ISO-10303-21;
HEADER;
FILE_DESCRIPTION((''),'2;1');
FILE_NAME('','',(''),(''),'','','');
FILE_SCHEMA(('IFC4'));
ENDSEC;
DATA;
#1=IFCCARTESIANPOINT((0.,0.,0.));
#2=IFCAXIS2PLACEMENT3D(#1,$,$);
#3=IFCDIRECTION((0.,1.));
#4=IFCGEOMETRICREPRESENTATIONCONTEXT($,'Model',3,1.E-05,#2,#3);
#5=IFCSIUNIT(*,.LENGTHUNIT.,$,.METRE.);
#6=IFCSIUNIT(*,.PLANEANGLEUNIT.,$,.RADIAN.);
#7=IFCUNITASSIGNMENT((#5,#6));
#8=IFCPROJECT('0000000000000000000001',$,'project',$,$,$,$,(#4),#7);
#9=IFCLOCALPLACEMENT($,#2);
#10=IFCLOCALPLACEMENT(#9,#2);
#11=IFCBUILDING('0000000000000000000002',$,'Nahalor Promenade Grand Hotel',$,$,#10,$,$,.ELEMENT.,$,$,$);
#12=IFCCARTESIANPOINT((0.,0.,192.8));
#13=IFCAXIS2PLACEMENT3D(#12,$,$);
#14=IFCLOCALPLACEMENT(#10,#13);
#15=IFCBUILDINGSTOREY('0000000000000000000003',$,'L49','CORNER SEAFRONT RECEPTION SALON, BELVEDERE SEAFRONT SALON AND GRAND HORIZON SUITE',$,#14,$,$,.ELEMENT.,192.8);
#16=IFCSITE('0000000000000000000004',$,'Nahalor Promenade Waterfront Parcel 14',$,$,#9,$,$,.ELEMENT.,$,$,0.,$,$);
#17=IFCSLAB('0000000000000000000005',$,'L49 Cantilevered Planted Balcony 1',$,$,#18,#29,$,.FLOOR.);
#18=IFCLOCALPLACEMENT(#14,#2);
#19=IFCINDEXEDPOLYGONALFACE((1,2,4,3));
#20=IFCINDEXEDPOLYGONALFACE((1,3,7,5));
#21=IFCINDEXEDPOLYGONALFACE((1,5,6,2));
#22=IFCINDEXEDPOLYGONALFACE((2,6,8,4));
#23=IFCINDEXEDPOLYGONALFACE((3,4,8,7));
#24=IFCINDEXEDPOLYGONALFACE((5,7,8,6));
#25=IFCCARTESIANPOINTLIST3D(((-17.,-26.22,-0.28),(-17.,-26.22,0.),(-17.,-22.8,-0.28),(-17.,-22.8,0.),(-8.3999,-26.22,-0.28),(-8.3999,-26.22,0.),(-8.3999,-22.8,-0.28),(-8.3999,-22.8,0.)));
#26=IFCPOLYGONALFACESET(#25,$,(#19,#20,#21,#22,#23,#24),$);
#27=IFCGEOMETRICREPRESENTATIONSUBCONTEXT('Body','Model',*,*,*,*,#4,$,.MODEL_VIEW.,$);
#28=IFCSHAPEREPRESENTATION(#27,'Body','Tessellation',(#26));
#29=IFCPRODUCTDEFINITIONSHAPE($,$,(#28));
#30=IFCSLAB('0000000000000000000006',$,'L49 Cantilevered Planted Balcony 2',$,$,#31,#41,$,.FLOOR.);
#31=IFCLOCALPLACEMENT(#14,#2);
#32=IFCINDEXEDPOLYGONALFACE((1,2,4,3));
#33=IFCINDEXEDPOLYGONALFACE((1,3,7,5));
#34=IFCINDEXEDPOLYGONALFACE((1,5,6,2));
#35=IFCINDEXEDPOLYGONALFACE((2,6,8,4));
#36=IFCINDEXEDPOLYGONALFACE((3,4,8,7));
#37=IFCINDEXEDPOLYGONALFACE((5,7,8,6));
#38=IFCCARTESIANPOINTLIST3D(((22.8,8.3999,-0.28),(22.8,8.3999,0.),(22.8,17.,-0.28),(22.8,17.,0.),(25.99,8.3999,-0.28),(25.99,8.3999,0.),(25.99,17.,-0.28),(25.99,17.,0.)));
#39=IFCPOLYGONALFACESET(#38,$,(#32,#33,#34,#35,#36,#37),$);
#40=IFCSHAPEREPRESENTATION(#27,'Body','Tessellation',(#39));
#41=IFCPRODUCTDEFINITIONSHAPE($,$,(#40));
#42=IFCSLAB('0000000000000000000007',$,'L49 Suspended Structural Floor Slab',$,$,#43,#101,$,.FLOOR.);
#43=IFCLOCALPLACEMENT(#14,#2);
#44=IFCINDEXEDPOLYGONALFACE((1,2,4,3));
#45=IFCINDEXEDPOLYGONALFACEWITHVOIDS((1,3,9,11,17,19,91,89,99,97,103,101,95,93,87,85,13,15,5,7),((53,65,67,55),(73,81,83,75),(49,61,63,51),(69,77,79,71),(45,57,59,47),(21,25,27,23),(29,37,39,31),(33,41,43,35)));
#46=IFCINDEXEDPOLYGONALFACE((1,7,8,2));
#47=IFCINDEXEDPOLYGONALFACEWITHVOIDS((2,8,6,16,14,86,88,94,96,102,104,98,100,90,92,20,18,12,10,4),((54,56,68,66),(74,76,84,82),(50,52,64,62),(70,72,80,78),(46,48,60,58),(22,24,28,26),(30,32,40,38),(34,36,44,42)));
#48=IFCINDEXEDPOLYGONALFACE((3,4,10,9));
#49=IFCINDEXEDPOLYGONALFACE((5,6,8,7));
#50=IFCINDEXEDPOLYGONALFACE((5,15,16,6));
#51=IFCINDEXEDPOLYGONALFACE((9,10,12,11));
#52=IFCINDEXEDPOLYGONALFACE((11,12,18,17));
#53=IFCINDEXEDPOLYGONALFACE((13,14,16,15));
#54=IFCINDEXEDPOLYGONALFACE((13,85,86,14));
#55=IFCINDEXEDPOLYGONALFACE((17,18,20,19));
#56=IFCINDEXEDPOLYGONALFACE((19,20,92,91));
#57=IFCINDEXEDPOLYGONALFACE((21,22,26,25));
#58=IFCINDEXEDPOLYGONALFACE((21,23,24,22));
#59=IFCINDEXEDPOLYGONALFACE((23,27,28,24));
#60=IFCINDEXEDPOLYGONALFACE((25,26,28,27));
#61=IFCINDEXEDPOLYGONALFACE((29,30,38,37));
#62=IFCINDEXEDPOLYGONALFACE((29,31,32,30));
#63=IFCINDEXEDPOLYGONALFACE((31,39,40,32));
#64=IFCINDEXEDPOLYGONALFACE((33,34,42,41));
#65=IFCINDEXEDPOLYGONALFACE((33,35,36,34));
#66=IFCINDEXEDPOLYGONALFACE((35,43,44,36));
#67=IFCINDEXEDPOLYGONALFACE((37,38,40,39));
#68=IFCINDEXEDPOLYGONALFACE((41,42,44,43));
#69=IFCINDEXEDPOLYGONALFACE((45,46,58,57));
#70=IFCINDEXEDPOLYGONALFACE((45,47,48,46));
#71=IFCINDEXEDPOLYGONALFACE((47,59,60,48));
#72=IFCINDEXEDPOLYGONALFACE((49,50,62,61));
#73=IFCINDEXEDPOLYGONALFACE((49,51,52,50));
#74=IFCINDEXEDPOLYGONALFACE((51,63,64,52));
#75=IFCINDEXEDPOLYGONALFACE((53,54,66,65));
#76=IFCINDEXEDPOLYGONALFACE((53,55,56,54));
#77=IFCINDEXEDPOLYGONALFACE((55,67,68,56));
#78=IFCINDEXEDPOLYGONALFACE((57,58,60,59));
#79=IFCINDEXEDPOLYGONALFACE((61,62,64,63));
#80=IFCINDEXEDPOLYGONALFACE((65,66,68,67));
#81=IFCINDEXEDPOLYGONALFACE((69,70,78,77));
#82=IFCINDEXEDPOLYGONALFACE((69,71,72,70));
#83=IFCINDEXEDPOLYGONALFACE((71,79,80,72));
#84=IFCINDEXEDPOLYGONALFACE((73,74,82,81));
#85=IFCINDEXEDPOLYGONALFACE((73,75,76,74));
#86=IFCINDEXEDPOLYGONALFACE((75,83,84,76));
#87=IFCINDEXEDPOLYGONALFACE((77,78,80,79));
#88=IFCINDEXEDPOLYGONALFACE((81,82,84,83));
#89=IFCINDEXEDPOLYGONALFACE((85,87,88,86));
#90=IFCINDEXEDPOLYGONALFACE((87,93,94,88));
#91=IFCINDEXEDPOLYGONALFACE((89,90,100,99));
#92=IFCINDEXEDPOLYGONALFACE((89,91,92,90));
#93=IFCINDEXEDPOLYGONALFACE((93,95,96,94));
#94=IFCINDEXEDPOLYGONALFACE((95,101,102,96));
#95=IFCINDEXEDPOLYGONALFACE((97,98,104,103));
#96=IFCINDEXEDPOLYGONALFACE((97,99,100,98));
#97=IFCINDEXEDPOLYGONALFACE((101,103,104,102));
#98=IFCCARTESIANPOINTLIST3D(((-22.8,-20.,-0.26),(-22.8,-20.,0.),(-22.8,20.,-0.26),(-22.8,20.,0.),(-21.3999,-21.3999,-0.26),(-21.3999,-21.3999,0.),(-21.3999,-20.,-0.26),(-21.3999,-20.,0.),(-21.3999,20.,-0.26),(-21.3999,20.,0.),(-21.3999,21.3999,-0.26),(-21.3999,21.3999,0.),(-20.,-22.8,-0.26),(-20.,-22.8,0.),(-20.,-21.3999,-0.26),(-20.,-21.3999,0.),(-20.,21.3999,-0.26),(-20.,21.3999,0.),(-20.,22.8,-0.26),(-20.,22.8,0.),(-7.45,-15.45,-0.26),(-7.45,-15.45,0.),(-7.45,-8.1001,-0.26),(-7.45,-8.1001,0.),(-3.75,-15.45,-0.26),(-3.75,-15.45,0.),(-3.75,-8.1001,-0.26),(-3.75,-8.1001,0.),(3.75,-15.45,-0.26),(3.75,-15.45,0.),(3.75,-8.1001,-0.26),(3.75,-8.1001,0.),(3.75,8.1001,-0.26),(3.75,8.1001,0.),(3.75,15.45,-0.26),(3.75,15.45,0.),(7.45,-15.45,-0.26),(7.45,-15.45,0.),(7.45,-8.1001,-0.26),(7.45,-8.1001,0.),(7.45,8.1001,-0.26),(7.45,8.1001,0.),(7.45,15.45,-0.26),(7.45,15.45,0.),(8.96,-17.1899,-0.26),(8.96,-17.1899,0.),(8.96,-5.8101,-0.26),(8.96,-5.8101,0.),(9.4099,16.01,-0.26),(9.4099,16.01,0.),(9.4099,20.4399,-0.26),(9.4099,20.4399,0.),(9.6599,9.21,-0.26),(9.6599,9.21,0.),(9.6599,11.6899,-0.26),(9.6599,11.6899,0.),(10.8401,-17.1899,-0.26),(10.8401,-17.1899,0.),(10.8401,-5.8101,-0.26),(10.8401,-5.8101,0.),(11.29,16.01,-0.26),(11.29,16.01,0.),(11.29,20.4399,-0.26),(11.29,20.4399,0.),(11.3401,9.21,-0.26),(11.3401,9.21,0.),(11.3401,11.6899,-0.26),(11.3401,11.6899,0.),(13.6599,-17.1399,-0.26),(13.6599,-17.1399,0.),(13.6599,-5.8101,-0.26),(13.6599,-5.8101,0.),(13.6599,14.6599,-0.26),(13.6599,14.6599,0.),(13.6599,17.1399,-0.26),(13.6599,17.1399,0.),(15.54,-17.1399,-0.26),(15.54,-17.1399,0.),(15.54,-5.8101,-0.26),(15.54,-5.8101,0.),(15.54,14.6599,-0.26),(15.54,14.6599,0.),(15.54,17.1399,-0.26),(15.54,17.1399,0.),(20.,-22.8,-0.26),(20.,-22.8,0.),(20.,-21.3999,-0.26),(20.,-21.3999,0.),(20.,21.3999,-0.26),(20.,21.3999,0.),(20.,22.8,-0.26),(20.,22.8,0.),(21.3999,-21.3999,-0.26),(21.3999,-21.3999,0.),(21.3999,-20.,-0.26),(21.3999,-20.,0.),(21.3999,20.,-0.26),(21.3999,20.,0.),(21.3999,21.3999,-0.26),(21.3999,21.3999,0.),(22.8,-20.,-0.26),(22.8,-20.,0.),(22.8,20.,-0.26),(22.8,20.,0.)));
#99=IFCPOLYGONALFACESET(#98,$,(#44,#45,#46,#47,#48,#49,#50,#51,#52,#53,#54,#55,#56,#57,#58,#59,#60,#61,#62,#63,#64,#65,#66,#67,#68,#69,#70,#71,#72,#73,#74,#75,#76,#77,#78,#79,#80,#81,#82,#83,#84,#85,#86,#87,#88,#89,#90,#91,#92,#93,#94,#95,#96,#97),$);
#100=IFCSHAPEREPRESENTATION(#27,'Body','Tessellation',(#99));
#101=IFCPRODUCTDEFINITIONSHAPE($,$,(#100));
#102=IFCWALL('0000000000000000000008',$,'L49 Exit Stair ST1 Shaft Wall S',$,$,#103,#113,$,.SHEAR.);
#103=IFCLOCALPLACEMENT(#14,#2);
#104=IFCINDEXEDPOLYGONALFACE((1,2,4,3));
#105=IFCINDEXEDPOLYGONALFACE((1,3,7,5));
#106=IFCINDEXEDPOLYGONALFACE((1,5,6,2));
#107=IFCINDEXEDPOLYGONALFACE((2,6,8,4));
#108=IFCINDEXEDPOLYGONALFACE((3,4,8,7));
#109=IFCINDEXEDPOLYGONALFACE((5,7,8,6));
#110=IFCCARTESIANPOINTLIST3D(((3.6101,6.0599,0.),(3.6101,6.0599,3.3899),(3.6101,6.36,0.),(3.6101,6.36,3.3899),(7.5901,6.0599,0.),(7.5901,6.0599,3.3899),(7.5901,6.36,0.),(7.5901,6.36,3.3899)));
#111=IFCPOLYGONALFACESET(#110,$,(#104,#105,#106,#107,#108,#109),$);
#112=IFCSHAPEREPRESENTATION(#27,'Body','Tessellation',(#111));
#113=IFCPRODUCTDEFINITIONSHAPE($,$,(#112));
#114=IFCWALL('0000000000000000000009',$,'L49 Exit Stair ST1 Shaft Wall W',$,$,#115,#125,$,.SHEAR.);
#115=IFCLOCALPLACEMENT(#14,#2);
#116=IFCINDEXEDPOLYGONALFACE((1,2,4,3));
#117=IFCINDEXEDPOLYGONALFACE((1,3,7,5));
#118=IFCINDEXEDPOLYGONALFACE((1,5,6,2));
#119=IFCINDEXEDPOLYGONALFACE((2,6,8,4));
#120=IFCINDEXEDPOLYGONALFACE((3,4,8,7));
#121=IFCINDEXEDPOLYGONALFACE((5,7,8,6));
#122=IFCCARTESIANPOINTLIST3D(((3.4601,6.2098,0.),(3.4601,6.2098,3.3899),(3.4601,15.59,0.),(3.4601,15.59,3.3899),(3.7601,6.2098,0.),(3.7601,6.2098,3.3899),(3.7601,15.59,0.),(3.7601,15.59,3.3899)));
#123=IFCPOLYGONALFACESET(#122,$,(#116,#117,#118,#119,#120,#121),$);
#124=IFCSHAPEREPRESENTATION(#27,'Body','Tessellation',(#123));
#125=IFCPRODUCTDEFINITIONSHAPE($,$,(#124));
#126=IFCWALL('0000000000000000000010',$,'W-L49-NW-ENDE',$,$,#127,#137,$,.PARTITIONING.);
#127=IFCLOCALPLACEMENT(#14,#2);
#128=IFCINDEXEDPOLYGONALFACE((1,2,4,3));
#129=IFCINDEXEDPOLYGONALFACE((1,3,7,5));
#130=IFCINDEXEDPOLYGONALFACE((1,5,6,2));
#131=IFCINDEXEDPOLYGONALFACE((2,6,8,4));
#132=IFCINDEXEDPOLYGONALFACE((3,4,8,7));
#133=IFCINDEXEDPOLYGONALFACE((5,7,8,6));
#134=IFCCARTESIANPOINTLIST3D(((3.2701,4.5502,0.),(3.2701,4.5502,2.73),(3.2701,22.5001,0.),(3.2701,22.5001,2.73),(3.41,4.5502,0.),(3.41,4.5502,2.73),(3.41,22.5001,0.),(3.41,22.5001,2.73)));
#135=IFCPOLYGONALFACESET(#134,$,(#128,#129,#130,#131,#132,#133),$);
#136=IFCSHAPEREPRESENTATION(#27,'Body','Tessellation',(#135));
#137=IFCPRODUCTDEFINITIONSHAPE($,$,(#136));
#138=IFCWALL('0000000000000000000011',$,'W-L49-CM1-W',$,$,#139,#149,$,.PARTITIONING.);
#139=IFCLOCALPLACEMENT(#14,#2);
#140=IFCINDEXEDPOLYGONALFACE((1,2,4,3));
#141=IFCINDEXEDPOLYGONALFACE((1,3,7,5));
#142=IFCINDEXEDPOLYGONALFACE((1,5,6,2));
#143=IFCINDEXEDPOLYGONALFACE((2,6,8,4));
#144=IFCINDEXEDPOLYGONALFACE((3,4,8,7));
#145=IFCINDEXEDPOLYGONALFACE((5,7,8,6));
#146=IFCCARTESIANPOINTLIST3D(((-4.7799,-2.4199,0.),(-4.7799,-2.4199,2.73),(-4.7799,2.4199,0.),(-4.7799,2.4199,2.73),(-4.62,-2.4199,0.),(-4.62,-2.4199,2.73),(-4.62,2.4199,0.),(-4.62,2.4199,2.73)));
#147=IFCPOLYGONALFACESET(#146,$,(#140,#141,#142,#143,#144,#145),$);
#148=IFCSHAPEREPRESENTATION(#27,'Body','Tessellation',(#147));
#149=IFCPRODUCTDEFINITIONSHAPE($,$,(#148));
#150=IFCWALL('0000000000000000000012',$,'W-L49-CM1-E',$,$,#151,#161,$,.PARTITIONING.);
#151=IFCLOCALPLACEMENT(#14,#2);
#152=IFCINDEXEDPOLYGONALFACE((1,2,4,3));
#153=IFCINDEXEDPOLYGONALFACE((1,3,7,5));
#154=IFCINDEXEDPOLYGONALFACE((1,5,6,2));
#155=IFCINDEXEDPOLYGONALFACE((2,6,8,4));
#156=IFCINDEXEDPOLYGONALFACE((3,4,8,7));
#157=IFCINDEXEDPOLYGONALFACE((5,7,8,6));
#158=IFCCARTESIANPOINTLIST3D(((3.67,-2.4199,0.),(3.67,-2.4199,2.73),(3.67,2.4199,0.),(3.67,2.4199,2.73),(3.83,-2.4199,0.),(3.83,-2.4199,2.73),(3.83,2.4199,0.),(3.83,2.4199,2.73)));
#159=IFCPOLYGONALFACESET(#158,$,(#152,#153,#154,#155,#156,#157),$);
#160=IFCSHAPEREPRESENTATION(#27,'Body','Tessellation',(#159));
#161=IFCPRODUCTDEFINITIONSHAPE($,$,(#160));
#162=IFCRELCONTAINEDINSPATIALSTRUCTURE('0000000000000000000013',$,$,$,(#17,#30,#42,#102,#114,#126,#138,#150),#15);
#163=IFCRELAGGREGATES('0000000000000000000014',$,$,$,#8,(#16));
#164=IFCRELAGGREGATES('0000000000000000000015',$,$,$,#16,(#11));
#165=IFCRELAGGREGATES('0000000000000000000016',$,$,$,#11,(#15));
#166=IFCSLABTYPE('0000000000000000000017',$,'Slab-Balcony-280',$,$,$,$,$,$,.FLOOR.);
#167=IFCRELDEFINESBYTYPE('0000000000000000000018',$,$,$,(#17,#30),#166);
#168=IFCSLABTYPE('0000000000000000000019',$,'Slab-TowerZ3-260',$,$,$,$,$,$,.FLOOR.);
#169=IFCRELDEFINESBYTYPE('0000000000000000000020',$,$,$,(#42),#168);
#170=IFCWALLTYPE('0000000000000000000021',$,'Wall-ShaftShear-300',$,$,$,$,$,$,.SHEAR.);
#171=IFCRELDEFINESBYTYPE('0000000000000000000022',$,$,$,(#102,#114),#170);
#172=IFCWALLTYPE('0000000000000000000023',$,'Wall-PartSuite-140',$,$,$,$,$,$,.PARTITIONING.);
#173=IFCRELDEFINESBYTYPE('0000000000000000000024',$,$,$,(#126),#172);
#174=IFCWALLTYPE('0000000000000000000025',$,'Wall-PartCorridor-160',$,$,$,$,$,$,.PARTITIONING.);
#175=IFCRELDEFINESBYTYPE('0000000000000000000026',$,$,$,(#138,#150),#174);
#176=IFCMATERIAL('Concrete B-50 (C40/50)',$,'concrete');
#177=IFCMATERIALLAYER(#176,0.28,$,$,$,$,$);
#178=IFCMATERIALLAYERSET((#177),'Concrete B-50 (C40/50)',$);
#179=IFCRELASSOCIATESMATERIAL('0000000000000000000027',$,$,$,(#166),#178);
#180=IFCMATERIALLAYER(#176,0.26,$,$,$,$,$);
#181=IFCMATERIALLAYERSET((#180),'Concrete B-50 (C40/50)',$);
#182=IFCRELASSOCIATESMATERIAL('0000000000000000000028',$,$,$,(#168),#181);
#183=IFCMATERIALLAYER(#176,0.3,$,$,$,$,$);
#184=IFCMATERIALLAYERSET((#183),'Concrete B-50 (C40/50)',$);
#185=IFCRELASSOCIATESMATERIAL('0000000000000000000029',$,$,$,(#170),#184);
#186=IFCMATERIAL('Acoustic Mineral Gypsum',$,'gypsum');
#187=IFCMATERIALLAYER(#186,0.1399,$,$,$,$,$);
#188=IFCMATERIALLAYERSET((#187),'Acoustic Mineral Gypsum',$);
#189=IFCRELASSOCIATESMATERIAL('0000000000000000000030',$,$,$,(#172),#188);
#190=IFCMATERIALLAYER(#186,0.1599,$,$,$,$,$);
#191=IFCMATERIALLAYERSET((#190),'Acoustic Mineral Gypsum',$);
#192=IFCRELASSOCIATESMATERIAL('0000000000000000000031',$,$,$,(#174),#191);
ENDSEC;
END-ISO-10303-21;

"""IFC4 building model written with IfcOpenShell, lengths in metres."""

from ifc_helpers import new_model, si_unit, direction, frame, frame_2d, origin, place, context, subcontext, project, spatial, polyline, rectangle, outline, extrude, source, transform, mapped, material, layer, layer_set, type_object, element, save


model = new_model("IFC4")

# Units and contexts
model_context = context("Model", 3, precision=1e-05, world=origin(), true_north=direction((0.0, 1.0)))
body_context = subcontext(model_context, "Body", "Model", "MODEL_VIEW")
ifc_project = project(units=[si_unit("LENGTHUNIT", "METRE"), si_unit("PLANEANGLEUNIT", "RADIAN")], contexts=[model_context])

# Site, building, storey
site_placement = place(None, origin())
site = spatial("IfcSite", under=ifc_project, at=site_placement, Name="Nahalor Promenade Waterfront Parcel 14", CompositionType="ELEMENT", RefElevation=0.0)
building_placement = place(site_placement, origin())
building = spatial("IfcBuilding", under=site, at=building_placement, Name="Nahalor Promenade Grand Hotel", CompositionType="ELEMENT")
storey_placement = place(building_placement, frame((0.0, 0.0, 192.8)))
storey = spatial("IfcBuildingStorey", under=building, at=storey_placement, Name="L49", Description="CORNER SEAFRONT RECEPTION SALON, BELVEDERE SEAFRONT SALON AND GRAND HORIZON SUITE", CompositionType="ELEMENT", Elevation=192.8)

# Shared definitions
ifc_material_1 = material(Name="Concrete B-50 (C40/50)", Category="concrete")

# Slabs
ifc_layer_1 = layer(ifc_material_1, 0.28)
ifc_layer_set_1 = layer_set([ifc_layer_1], Name="Concrete B-50 (C40/50)")
slab_type_1 = type_object("IfcSlabType", Name="Slab-Balcony-280", PredefinedType="FLOOR", material=ifc_layer_set_1)
slab_1_placement = place(storey_placement, frame((0.0, 0.0, -0.28)))
element("IfcSlab", 1, at=slab_1_placement, inside=storey, type_object=slab_type_1, Name="L49 Cantilevered Planted Balcony 1", PredefinedType="FLOOR", context=body_context, shape_type="SweptSolid", body=[
    extrude(outline(polyline([(-17.0, -26.22), (-8.3999, -26.22), (-8.3999, -22.8), (-17.0, -22.8), (-17.0, -26.22)])), origin(), (0.0, 0.0, 1.0), 0.28),
])
slab_2_placement = place(storey_placement, frame((0.0, 0.0, -0.28)))
element("IfcSlab", 2, at=slab_2_placement, inside=storey, type_object=slab_type_1, Name="L49 Cantilevered Planted Balcony 2", PredefinedType="FLOOR", context=body_context, shape_type="SweptSolid", body=[
    extrude(outline(polyline([(22.8, 8.3999), (25.99, 8.3999), (25.99, 17.0), (22.8, 17.0), (22.8, 8.3999)])), origin(), (0.0, 0.0, 1.0), 0.28),
])
ifc_layer_2 = layer(ifc_material_1, 0.26)
ifc_layer_set_2 = layer_set([ifc_layer_2], Name="Concrete B-50 (C40/50)")
slab_type_2 = type_object("IfcSlabType", Name="Slab-TowerZ3-260", PredefinedType="FLOOR", material=ifc_layer_set_2)
slab_3_placement = place(storey_placement, frame((0.0, 0.0, -0.26)))
element("IfcSlab", 3, at=slab_3_placement, inside=storey, type_object=slab_type_2, Name="L49 Suspended Structural Floor Slab", PredefinedType="FLOOR", context=body_context, shape_type="SweptSolid", body=[
    extrude(outline(polyline([(-20.0, -22.8), (20.0, -22.8), (20.0, -21.3999), (21.3999, -21.3999), (21.3999, -20.0), (22.8, -20.0), (22.8, 20.0), (21.3999, 20.0), (21.3999, 21.3999), (20.0, 21.3999), (20.0, 22.8), (-20.0, 22.8), (-20.0, 21.3999), (-21.3999, 21.3999), (-21.3999, 20.0), (-22.8, 20.0), (-22.8, -20.0), (-21.3999, -20.0), (-21.3999, -21.3999), (-20.0, -21.3999), (-20.0, -22.8)]), holes=[polyline([(3.75, 8.1001), (7.45, 8.1001), (7.45, 15.45), (3.75, 15.45), (3.75, 8.1001)]), polyline([(3.75, -15.45), (7.45, -15.45), (7.45, -8.1001), (3.75, -8.1001), (3.75, -15.45)]), polyline([(-7.45, -15.45), (-3.75, -15.45), (-3.75, -8.1001), (-7.45, -8.1001), (-7.45, -15.45)]), polyline([(13.6599, -17.1399), (15.54, -17.1399), (15.54, -5.8101), (13.6599, -5.8101), (13.6599, -17.1399)]), polyline([(8.96, -17.1899), (10.8401, -17.1899), (10.8401, -5.8101), (8.96, -5.8101), (8.96, -17.1899)]), polyline([(9.4099, 16.01), (11.29, 16.01), (11.29, 20.4399), (9.4099, 20.4399), (9.4099, 16.01)]), polyline([(9.6599, 9.21), (11.3401, 9.21), (11.3401, 11.6899), (9.6599, 11.6899), (9.6599, 9.21)]), polyline([(13.6599, 14.6599), (15.54, 14.6599), (15.54, 17.1399), (13.6599, 17.1399), (13.6599, 14.6599)])]), origin(), (0.0, 0.0, 1.0), 0.26),
])

# Walls
ifc_layer_3 = layer(ifc_material_1, 0.3)
ifc_layer_set_3 = layer_set([ifc_layer_3], Name="Concrete B-50 (C40/50)")
wall_type_1 = type_object("IfcWallType", Name="Wall-ShaftShear-300", PredefinedType="SHEAR", material=ifc_layer_set_3)
shared_shape_1 = source(origin(), body_context, "Body", "SweptSolid", [
    extrude(rectangle(XDim=3.98, YDim=0.3, at=frame_2d((1.99, 0.0))), origin(), (0.0, 0.0, 1.0), 3.3899),
])
wall_1_placement = place(storey_placement, frame((3.6101, 6.21, 0.0), z_axis=(0.0, 0.0, 1.0), x_axis=(1.0, 0.0, 0.0)))
element("IfcWall", 4, at=wall_1_placement, inside=storey, type_object=wall_type_1, Name="L49 Exit Stair ST1 Shaft Wall S", PredefinedType="SHEAR", context=body_context, shape_type="MappedRepresentation", body=[
    mapped(shared_shape_1, transform((0.0, 0.0, 0.0), scale=1.0)),
])
shared_shape_2 = source(origin(), body_context, "Body", "SweptSolid", [
    extrude(rectangle(XDim=9.3801, YDim=0.3, at=frame_2d((4.6899, 0.0))), origin(), (0.0, 0.0, 1.0), 3.3899),
])
wall_2_placement = place(storey_placement, frame((3.6101, 6.21, 0.0), z_axis=(0.0, 0.0, 1.0), x_axis=(0.0, 1.0, 0.0)))
element("IfcWall", 5, at=wall_2_placement, inside=storey, type_object=wall_type_1, Name="L49 Exit Stair ST1 Shaft Wall W", PredefinedType="SHEAR", context=body_context, shape_type="MappedRepresentation", body=[
    mapped(shared_shape_2, transform((0.0, 0.0, 0.0), scale=1.0)),
])
ifc_material_2 = material(Name="Acoustic Mineral Gypsum", Category="gypsum")
ifc_layer_4 = layer(ifc_material_2, 0.1399)
ifc_layer_set_4 = layer_set([ifc_layer_4], Name="Acoustic Mineral Gypsum")
wall_type_2 = type_object("IfcWallType", Name="Wall-PartSuite-140", PredefinedType="PARTITIONING", material=ifc_layer_set_4)
shared_shape_3 = source(origin(), body_context, "Body", "SweptSolid", [
    extrude(rectangle(XDim=17.95, YDim=0.1399, at=frame_2d((8.9751, 0.0))), origin(), (0.0, 0.0, 1.0), 2.73),
])
wall_3_placement = place(storey_placement, frame((3.3401, 4.55, 0.0), z_axis=(0.0, 0.0, 1.0), x_axis=(0.0, 1.0, 0.0)))
element("IfcWall", 6, at=wall_3_placement, inside=storey, type_object=wall_type_2, Name="W-L49-NW-ENDE", PredefinedType="PARTITIONING", context=body_context, shape_type="MappedRepresentation", body=[
    mapped(shared_shape_3, transform((0.0, 0.0, 0.0), scale=1.0)),
])
ifc_layer_5 = layer(ifc_material_2, 0.1599)
ifc_layer_set_5 = layer_set([ifc_layer_5], Name="Acoustic Mineral Gypsum")
wall_type_3 = type_object("IfcWallType", Name="Wall-PartCorridor-160", PredefinedType="PARTITIONING", material=ifc_layer_set_5)
shared_shape_4 = source(origin(), body_context, "Body", "SweptSolid", [
    extrude(rectangle(XDim=4.8398, YDim=0.1599, at=frame_2d((2.4199, 0.0))), origin(), (0.0, 0.0, 1.0), 2.73),
])
for number, where, z_axis, x_axis, name in (
    (7, (-4.7, -2.4199, 0.0), (0.0, 0.0, 1.0), (0.0, 1.0, 0.0), "W-L49-CM1-W"),
    (8, (3.75, -2.4199, 0.0), (0.0, 0.0, 1.0), (0.0, 1.0, 0.0), "W-L49-CM1-E"),
):
    element("IfcWall", number, at=place(storey_placement, frame(where, z_axis=z_axis, x_axis=x_axis)), inside=storey, type_object=wall_type_3, Name=name, PredefinedType="PARTITIONING", context=body_context, shape_type="MappedRepresentation", body=[
        mapped(shared_shape_4, transform((0.0, 0.0, 0.0), scale=1.0)),
    ])

save(model, "model.ifc")
